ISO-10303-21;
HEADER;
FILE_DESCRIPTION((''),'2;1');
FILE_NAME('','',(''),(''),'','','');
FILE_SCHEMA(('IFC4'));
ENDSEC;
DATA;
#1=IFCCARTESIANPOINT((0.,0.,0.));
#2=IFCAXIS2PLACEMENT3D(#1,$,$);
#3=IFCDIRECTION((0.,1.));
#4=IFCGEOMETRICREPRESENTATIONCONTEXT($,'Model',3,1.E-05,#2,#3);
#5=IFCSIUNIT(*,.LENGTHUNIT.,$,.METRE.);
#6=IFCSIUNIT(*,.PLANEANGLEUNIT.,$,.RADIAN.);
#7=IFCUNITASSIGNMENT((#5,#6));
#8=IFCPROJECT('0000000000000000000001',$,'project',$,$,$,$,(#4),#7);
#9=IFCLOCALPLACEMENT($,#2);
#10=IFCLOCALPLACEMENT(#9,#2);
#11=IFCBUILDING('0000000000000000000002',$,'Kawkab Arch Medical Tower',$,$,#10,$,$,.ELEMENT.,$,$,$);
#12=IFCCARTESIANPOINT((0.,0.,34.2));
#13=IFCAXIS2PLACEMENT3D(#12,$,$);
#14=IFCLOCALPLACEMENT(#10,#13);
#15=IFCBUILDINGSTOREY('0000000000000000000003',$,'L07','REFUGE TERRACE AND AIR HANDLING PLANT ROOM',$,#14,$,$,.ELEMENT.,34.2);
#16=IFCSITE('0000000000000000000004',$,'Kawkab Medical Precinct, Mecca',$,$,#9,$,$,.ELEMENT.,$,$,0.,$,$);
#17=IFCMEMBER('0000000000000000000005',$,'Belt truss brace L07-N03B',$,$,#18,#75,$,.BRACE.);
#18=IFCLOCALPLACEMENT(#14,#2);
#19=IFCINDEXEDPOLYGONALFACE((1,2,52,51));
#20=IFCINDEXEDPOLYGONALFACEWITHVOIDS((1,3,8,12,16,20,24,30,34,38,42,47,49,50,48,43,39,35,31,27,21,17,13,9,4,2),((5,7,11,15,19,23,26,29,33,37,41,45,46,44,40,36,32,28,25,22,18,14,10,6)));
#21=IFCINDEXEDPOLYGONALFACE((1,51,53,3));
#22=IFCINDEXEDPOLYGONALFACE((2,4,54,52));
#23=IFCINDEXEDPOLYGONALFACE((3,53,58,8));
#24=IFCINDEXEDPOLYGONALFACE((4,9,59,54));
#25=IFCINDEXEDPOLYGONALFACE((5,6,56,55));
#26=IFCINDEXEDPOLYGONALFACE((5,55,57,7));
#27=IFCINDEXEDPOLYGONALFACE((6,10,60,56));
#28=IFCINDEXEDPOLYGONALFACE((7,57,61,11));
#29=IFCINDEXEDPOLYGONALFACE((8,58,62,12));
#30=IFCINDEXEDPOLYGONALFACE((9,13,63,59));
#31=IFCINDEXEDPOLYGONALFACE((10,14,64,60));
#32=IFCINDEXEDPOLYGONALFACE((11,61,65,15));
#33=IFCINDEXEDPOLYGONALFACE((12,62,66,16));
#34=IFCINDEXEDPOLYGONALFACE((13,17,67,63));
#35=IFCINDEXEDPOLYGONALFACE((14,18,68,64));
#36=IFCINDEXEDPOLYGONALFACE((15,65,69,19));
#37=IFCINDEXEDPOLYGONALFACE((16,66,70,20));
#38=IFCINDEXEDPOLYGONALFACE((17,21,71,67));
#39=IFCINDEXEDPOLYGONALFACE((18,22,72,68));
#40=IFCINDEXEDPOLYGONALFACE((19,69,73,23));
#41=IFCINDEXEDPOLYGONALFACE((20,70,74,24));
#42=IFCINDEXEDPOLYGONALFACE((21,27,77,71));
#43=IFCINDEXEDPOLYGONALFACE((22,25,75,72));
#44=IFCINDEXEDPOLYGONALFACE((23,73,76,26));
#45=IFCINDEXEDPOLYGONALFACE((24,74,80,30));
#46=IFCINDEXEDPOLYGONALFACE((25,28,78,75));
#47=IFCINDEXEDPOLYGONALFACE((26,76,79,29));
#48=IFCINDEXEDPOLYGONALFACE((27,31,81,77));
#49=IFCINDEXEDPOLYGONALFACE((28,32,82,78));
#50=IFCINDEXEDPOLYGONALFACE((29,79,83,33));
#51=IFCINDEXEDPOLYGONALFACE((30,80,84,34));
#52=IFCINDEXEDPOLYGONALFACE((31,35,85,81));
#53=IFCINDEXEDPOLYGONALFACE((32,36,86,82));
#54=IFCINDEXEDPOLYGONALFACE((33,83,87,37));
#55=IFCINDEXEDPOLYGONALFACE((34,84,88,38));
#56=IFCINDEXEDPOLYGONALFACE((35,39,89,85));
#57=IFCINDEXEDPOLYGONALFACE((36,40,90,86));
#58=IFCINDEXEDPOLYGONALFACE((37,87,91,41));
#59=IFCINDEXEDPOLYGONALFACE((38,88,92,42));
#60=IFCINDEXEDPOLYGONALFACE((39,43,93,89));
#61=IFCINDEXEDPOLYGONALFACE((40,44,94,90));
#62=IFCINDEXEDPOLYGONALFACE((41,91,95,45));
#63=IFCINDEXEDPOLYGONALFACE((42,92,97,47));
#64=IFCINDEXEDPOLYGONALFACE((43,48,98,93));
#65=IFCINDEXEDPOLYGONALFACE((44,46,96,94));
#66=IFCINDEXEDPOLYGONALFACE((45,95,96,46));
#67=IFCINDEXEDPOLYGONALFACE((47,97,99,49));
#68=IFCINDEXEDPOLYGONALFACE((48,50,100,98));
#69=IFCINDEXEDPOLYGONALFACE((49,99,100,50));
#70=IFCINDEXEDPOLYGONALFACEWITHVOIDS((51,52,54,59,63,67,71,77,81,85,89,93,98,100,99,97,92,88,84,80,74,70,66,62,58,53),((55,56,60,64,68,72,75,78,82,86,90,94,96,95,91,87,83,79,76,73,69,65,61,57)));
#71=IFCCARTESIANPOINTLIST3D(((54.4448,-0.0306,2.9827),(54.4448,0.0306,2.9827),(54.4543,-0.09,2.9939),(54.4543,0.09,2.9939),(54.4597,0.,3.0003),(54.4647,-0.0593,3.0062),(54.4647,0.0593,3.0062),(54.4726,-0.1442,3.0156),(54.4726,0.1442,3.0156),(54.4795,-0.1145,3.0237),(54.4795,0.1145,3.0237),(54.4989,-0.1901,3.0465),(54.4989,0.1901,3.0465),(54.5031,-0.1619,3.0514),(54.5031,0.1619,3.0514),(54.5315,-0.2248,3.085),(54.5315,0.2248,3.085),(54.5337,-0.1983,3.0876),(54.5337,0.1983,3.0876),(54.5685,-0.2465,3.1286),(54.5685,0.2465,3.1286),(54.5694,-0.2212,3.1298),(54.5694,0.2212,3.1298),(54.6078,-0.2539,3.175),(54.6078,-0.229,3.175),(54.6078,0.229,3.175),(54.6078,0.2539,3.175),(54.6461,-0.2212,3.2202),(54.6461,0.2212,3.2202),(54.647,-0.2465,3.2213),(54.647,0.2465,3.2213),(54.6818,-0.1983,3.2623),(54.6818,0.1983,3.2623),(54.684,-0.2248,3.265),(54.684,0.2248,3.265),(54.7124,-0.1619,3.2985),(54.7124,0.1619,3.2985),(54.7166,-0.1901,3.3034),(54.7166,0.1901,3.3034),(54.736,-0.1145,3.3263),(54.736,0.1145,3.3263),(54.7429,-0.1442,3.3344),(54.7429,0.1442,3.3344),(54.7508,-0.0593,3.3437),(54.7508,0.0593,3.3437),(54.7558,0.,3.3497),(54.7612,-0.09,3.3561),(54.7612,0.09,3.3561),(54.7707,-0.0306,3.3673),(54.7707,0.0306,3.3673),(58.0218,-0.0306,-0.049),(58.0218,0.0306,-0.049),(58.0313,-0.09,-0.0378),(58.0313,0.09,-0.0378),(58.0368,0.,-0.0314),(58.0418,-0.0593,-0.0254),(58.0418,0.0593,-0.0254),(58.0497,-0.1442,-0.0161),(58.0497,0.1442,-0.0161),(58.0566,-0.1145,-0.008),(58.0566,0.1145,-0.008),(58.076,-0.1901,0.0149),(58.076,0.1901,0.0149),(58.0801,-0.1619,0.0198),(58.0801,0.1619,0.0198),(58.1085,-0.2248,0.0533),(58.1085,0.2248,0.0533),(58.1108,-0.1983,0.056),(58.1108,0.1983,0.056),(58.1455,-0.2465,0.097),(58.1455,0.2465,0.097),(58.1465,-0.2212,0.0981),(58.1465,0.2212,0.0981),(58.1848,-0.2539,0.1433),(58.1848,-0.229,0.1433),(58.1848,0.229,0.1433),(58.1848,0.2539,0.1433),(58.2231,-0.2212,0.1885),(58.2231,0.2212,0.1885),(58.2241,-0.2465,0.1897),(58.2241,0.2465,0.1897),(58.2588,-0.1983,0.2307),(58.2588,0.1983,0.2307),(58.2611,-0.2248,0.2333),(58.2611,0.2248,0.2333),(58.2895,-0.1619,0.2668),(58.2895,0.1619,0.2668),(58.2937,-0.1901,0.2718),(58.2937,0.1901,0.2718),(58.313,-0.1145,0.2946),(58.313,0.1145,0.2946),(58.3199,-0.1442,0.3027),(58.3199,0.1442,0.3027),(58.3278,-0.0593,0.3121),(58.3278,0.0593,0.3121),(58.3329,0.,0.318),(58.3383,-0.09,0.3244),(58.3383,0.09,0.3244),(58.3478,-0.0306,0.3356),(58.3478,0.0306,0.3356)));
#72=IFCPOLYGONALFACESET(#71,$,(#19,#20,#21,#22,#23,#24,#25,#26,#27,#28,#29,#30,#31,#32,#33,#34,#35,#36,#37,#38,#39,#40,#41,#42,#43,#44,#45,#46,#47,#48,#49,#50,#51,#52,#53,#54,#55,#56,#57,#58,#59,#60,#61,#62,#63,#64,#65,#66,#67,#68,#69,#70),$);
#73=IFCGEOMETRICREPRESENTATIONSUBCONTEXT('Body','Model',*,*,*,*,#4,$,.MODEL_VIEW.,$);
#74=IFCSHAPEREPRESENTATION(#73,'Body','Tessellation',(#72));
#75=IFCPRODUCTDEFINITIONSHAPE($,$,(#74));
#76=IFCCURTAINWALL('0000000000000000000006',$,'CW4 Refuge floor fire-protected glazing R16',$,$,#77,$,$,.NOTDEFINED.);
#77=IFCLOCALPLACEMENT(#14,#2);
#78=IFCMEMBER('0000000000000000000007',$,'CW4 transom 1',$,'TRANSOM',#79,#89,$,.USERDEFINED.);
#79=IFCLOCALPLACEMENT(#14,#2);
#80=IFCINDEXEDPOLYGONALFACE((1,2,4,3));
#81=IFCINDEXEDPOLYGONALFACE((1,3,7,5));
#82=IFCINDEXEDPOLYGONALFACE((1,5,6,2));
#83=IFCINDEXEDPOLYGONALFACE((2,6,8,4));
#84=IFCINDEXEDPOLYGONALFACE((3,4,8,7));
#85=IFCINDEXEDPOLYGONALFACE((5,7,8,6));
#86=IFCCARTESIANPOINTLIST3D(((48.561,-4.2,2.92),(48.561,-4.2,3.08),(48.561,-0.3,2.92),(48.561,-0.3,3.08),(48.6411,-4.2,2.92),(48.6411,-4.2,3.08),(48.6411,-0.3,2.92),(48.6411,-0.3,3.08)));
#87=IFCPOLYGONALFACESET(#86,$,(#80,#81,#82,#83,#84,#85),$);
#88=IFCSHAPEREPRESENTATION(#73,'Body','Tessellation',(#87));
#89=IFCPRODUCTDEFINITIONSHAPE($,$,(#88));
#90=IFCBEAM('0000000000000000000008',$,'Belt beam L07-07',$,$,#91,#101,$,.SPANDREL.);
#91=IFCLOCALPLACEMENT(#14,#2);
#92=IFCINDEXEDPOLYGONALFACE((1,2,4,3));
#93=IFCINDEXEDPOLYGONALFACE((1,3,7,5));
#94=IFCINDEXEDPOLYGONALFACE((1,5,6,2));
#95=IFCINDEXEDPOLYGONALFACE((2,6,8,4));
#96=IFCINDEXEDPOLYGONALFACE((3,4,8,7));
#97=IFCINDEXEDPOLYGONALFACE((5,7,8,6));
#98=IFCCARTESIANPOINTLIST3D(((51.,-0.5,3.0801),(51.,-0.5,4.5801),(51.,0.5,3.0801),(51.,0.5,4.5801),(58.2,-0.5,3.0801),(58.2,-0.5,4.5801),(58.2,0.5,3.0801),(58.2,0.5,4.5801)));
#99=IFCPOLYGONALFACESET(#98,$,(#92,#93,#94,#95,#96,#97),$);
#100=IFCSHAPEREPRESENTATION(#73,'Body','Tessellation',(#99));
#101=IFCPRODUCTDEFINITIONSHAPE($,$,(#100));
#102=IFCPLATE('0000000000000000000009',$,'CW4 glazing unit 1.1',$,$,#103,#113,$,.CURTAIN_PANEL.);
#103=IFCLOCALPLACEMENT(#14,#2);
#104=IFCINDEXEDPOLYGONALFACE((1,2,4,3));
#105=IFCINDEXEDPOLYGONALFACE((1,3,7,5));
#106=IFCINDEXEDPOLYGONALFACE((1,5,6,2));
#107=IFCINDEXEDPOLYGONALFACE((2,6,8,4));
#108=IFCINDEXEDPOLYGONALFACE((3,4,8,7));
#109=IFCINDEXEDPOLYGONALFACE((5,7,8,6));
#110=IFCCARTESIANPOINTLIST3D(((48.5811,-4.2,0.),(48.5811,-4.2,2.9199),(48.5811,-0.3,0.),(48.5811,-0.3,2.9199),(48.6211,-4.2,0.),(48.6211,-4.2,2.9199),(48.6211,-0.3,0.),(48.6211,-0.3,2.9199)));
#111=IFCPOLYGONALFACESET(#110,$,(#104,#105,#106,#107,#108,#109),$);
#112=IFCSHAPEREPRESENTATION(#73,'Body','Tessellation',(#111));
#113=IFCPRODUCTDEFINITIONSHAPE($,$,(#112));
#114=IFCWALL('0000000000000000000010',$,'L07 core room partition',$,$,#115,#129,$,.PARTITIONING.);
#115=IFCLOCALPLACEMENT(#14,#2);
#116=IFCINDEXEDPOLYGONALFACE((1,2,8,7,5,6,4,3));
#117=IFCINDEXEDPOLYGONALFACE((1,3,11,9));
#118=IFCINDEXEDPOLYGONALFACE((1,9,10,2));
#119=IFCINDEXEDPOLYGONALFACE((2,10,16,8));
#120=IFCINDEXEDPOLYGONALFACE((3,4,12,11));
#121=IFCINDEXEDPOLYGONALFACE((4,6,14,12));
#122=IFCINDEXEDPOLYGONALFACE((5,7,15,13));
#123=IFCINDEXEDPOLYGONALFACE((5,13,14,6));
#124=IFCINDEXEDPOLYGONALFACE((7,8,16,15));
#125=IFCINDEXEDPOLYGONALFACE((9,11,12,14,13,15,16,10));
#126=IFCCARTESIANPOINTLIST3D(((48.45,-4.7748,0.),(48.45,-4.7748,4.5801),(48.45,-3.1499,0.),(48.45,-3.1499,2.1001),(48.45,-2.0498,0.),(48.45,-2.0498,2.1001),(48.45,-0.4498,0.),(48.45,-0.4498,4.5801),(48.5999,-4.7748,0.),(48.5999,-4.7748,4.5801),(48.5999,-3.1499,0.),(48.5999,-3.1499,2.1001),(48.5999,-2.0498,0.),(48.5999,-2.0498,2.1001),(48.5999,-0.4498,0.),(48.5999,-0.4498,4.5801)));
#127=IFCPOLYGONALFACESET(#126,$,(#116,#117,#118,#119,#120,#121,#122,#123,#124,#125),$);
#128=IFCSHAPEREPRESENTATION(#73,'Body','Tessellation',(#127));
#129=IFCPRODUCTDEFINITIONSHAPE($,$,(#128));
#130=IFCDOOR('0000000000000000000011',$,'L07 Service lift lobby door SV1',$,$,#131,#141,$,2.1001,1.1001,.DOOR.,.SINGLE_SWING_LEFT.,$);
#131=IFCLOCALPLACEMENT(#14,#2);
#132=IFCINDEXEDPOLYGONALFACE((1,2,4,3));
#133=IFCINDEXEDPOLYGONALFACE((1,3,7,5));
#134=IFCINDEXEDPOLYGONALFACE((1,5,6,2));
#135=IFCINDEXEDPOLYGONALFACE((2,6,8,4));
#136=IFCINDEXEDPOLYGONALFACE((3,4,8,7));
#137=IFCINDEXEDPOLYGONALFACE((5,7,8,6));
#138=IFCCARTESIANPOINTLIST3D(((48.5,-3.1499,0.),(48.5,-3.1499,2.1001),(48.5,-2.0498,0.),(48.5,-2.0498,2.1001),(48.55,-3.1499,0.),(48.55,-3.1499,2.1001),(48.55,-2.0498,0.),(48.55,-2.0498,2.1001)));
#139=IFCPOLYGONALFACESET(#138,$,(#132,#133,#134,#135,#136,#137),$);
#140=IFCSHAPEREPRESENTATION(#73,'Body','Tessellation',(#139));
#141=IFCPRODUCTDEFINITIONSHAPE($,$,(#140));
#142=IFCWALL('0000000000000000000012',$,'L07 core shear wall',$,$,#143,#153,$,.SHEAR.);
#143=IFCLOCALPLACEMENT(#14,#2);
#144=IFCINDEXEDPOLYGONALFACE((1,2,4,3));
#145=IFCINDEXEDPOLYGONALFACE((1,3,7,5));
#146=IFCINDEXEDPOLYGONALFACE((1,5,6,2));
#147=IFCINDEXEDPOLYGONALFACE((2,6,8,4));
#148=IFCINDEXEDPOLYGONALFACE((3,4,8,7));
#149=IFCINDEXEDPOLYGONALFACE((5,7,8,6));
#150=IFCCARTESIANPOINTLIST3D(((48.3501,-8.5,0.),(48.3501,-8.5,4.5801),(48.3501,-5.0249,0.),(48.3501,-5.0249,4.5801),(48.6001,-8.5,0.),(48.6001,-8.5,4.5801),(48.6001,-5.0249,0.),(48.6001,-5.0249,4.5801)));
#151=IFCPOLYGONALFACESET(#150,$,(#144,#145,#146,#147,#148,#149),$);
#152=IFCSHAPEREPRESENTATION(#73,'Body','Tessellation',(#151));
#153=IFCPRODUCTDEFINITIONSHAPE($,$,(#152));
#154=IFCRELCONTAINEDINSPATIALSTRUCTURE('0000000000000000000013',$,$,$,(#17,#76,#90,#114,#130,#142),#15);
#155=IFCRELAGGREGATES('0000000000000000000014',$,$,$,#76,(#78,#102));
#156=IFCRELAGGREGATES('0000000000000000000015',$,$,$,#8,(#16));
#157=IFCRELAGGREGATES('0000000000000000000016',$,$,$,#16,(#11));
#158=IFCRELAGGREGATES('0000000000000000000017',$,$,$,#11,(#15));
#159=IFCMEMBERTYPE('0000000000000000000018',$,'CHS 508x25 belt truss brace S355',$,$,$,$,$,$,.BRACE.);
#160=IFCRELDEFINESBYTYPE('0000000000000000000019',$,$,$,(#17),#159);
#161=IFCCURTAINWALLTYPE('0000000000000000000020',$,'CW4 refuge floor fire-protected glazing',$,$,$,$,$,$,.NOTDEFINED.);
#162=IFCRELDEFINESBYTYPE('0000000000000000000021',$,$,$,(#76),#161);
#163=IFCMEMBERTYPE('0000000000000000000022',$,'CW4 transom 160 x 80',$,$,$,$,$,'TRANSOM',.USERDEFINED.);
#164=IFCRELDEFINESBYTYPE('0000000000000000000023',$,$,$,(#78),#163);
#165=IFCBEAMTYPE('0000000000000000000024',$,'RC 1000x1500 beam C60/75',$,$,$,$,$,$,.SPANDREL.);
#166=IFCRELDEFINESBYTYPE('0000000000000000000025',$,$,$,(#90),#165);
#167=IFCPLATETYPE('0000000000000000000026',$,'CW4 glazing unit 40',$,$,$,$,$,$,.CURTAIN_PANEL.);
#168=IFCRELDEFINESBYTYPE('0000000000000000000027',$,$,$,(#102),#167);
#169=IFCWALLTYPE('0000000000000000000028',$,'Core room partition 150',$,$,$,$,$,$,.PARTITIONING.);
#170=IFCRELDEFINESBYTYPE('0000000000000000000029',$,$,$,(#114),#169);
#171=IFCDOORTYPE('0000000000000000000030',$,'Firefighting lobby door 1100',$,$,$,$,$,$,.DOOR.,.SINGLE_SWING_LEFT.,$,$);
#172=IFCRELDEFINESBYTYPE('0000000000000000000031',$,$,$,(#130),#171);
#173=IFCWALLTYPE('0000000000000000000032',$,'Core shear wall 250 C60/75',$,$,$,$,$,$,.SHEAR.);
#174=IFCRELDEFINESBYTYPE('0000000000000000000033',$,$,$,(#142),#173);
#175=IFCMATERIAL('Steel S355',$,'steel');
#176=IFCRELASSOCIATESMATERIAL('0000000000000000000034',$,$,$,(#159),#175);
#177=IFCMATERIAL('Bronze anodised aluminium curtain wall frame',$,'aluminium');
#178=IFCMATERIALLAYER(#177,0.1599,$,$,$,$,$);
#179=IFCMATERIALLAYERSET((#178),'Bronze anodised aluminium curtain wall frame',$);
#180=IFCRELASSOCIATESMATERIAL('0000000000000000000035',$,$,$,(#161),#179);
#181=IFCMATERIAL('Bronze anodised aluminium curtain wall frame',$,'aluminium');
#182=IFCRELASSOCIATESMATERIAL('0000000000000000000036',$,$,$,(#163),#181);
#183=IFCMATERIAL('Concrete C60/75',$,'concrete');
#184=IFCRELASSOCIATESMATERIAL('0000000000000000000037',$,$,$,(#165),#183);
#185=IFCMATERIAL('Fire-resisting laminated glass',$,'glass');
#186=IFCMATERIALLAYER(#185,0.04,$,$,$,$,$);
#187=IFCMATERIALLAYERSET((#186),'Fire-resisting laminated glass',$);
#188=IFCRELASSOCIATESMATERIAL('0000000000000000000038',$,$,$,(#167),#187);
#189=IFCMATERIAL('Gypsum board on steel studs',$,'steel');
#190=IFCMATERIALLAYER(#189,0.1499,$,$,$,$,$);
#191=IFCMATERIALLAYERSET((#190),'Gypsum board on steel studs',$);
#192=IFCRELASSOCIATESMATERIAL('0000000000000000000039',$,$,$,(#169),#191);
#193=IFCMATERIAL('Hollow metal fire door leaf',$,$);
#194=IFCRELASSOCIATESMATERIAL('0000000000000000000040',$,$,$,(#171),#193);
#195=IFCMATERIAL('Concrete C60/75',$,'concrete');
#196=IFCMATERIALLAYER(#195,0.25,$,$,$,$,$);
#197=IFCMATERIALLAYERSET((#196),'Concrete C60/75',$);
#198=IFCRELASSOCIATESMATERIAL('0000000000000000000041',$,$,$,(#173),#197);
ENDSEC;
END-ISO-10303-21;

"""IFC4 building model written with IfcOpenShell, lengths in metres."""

from ifc_helpers import new_model, si_unit, direction, frame, frame_2d, origin, origin_2d, place, context, subcontext, project, spatial, rectangle, hollow_circle, extrude, material, layer, layer_set, material_profile, profile_set, type_object, element, fill, aggregate, save


model = new_model("IFC4")

# Units and contexts
model_context = context("Model", 3, precision=1e-05, world=origin(), true_north=direction((0.0, 1.0)))
body_context = subcontext(model_context, "Body", "Model", "MODEL_VIEW")
ifc_project = project(units=[si_unit("LENGTHUNIT", "METRE"), si_unit("PLANEANGLEUNIT", "RADIAN")], contexts=[model_context])

# Site, building, storey
site_placement = place(None, origin())
site = spatial("IfcSite", under=ifc_project, at=site_placement, Name="Kawkab Medical Precinct, Mecca", CompositionType="ELEMENT", RefElevation=0.0)
building_placement = place(site_placement, origin())
building = spatial("IfcBuilding", under=site, at=building_placement, Name="Kawkab Arch Medical Tower", CompositionType="ELEMENT")
storey_placement = place(building_placement, frame((0.0, 0.0, 34.2)))
storey = spatial("IfcBuildingStorey", under=building, at=storey_placement, Name="L07", Description="REFUGE TERRACE AND AIR HANDLING PLANT ROOM", CompositionType="ELEMENT", Elevation=34.2)

# Member
ifc_material_1 = material(Name="Steel S355", Category="steel")
ifc_material_profile_1 = material_profile(ifc_material_1, hollow_circle(Radius=0.2539, WallThickness=0.0249, at=origin_2d()), Name="CHS 508x25")
ifc_profile_set_1 = profile_set([ifc_material_profile_1], Name="Steel S355")
member_type_1 = type_object("IfcMemberType", Name="CHS 508x25 belt truss brace S355", PredefinedType="BRACE", material=ifc_profile_set_1)
for number, where, z_axis, x_axis, name in (
    (1, (58.1848, 0.0, 0.1433), (-0.762869, 0.0, 0.646554), (0.0, -1.0, 0.0), "Belt truss brace L07-N03B"),
):
    element("IfcMember", number, at=place(storey_placement, frame(where, z_axis=z_axis, x_axis=x_axis)), inside=storey, type_object=member_type_1, Name=name, PredefinedType="BRACE", context=body_context, shape_type="SweptSolid", body=[
        extrude(hollow_circle(Radius=0.2539, WallThickness=0.0249, at=origin_2d()), origin(), (0.0, 0.0, 1.0), 4.689),
    ])

# Curtain wall, member
ifc_material_2 = material(Name="Bronze anodised aluminium curtain wall frame", Category="aluminium")
ifc_layer_1 = layer(ifc_material_2, 0.1599)
ifc_layer_set_1 = layer_set([ifc_layer_1], Name="Bronze anodised aluminium curtain wall frame")
curtain_wall_type = type_object("IfcCurtainWallType", Name="CW4 refuge floor fire-protected glazing", PredefinedType="NOTDEFINED", material=ifc_layer_set_1)
curtain_wall_placement = place(storey_placement, origin())
curtain_wall = element("IfcCurtainWall", 2, at=curtain_wall_placement, inside=storey, type_object=curtain_wall_type, Name="CW4 Refuge floor fire-protected glazing R16", PredefinedType="NOTDEFINED")
ifc_material_3 = material(Name="Bronze anodised aluminium curtain wall frame", Category="aluminium")
ifc_material_profile_2 = material_profile(ifc_material_3, rectangle(XDim=0.0801, YDim=0.1599, at=origin_2d()), Name="AL 80x160")
ifc_profile_set_2 = profile_set([ifc_material_profile_2], Name="Bronze anodised aluminium curtain wall frame")
member_type_2 = type_object("IfcMemberType", Name="CW4 transom 160 x 80", ElementType="TRANSOM", PredefinedType="USERDEFINED", material=ifc_profile_set_2)
member_placement = place(storey_placement, frame((48.6011, -4.2, 3.0), z_axis=(0.0, 1.0, 0.0), x_axis=(-1.0, 0.0, 0.0)))
member = element("IfcMember", 3, at=member_placement, type_object=member_type_2, Name="CW4 transom 1", ObjectType="TRANSOM", PredefinedType="USERDEFINED", context=body_context, shape_type="SweptSolid", body=[
    extrude(rectangle(XDim=0.0801, YDim=0.1599, at=origin_2d()), origin(), (0.0, 0.0, 1.0), 3.8999),
])

# Beam
ifc_material_4 = material(Name="Concrete C60/75", Category="concrete")
ifc_material_profile_3 = material_profile(ifc_material_4, rectangle(XDim=1.0, YDim=1.5, at=origin_2d()), Name="RC 1000x1500")
ifc_profile_set_3 = profile_set([ifc_material_profile_3], Name="Concrete C60/75")
beam_type = type_object("IfcBeamType", Name="RC 1000x1500 beam C60/75", PredefinedType="SPANDREL", material=ifc_profile_set_3)
beam_placement = place(storey_placement, frame((51.0, 0.0, 3.8301), z_axis=(1.0, 0.0, 0.0), x_axis=(0.0, 1.0, 0.0)))
element("IfcBeam", 4, at=beam_placement, inside=storey, type_object=beam_type, Name="Belt beam L07-07", PredefinedType="SPANDREL", context=body_context, shape_type="SweptSolid", body=[
    extrude(rectangle(XDim=1.0, YDim=1.5, at=origin_2d()), origin(), (0.0, 0.0, 1.0), 7.2),
])

# Plate
ifc_material_5 = material(Name="Fire-resisting laminated glass", Category="glass")
ifc_layer_2 = layer(ifc_material_5, 0.04)
ifc_layer_set_2 = layer_set([ifc_layer_2], Name="Fire-resisting laminated glass")
plate_type = type_object("IfcPlateType", Name="CW4 glazing unit 40", PredefinedType="CURTAIN_PANEL", material=ifc_layer_set_2)
plate_placement = place(storey_placement, frame((48.6011, -2.25, 0.0), z_axis=(0.0, 0.0, 1.0), x_axis=(0.0, 1.0, 0.0)))
plate = element("IfcPlate", 5, at=plate_placement, type_object=plate_type, Name="CW4 glazing unit 1.1", PredefinedType="CURTAIN_PANEL", context=body_context, shape_type="SweptSolid", body=[
    extrude(rectangle(XDim=3.8999, YDim=0.04, at=origin_2d()), origin(), (0.0, 0.0, 1.0), 2.9199),
])
aggregate(curtain_wall, [member, plate])

# Wall, opening, door
ifc_material_6 = material(Name="Gypsum board on steel studs", Category="steel")
ifc_layer_3 = layer(ifc_material_6, 0.1499)
ifc_layer_set_3 = layer_set([ifc_layer_3], Name="Gypsum board on steel studs")
wall_type_1 = type_object("IfcWallType", Name="Core room partition 150", PredefinedType="PARTITIONING", material=ifc_layer_set_3)
wall_1_placement = place(storey_placement, frame((48.5249, -4.7749, 0.0), z_axis=(0.0, 0.0, 1.0), x_axis=(0.0, 1.0, 0.0)))
wall_1 = element("IfcWall", 6, at=wall_1_placement, inside=storey, type_object=wall_type_1, Name="L07 core room partition", PredefinedType="PARTITIONING", context=body_context, shape_type="SweptSolid", body=[
    extrude(rectangle(XDim=4.325, YDim=0.1499, at=frame_2d((2.1626, 0.0))), origin(), (0.0, 0.0, 1.0), 4.5801),
])
opening_1_placement = place(wall_1_placement, frame((1.625, 0.0, 0.0)))
opening_1 = element("IfcOpeningElement", 7, at=opening_1_placement, cuts=wall_1, PredefinedType="OPENING", context=body_context, shape_type="SweptSolid", body=[
    extrude(rectangle(XDim=1.1001, YDim=2.1001, at=frame_2d((0.55, 1.05))), frame((0.0, 0.085, 0.0), z_axis=(0.0, -1.0, 0.0), x_axis=(1.0, 0.0, 0.0)), (0.0, 0.0, 1.0), 0.1699),
])
ifc_material_7 = material(Name="Hollow metal fire door leaf")
door_type_1 = type_object("IfcDoorType", Name="Firefighting lobby door 1100", OperationType="SINGLE_SWING_LEFT", PredefinedType="DOOR", material=ifc_material_7)
door_1_placement = place(opening_1_placement, origin())
door_1 = element("IfcDoor", 8, at=door_1_placement, inside=storey, type_object=door_type_1, Name="L07 Service lift lobby door SV1", OperationType="SINGLE_SWING_LEFT", OverallHeight=2.1001, OverallWidth=1.1001, PredefinedType="DOOR", context=body_context, shape_type="SweptSolid", body=[
    extrude(rectangle(XDim=1.1001, YDim=2.1001, at=frame_2d((0.55, 1.05))), frame((0.0, 0.0249, 0.0), z_axis=(0.0, -1.0, 0.0), x_axis=(1.0, 0.0, 0.0)), (0.0, 0.0, 1.0), 0.05),
])
fill(opening_1, door_1)

# Wall
ifc_material_8 = material(Name="Concrete C60/75", Category="concrete")
ifc_layer_4 = layer(ifc_material_8, 0.25)
ifc_layer_set_4 = layer_set([ifc_layer_4], Name="Concrete C60/75")
wall_type_2 = type_object("IfcWallType", Name="Core shear wall 250 C60/75", PredefinedType="SHEAR", material=ifc_layer_set_4)
wall_2_placement = place(storey_placement, frame((48.4751, -8.5, 0.0), z_axis=(0.0, 0.0, 1.0), x_axis=(0.0, 1.0, 0.0)))
element("IfcWall", 9, at=wall_2_placement, inside=storey, type_object=wall_type_2, Name="L07 core shear wall", PredefinedType="SHEAR", context=body_context, shape_type="SweptSolid", body=[
    extrude(rectangle(XDim=3.4751, YDim=0.25, at=frame_2d((1.7375, 0.0))), origin(), (0.0, 0.0, 1.0), 4.5801),
])

save(model, "model.ifc")
